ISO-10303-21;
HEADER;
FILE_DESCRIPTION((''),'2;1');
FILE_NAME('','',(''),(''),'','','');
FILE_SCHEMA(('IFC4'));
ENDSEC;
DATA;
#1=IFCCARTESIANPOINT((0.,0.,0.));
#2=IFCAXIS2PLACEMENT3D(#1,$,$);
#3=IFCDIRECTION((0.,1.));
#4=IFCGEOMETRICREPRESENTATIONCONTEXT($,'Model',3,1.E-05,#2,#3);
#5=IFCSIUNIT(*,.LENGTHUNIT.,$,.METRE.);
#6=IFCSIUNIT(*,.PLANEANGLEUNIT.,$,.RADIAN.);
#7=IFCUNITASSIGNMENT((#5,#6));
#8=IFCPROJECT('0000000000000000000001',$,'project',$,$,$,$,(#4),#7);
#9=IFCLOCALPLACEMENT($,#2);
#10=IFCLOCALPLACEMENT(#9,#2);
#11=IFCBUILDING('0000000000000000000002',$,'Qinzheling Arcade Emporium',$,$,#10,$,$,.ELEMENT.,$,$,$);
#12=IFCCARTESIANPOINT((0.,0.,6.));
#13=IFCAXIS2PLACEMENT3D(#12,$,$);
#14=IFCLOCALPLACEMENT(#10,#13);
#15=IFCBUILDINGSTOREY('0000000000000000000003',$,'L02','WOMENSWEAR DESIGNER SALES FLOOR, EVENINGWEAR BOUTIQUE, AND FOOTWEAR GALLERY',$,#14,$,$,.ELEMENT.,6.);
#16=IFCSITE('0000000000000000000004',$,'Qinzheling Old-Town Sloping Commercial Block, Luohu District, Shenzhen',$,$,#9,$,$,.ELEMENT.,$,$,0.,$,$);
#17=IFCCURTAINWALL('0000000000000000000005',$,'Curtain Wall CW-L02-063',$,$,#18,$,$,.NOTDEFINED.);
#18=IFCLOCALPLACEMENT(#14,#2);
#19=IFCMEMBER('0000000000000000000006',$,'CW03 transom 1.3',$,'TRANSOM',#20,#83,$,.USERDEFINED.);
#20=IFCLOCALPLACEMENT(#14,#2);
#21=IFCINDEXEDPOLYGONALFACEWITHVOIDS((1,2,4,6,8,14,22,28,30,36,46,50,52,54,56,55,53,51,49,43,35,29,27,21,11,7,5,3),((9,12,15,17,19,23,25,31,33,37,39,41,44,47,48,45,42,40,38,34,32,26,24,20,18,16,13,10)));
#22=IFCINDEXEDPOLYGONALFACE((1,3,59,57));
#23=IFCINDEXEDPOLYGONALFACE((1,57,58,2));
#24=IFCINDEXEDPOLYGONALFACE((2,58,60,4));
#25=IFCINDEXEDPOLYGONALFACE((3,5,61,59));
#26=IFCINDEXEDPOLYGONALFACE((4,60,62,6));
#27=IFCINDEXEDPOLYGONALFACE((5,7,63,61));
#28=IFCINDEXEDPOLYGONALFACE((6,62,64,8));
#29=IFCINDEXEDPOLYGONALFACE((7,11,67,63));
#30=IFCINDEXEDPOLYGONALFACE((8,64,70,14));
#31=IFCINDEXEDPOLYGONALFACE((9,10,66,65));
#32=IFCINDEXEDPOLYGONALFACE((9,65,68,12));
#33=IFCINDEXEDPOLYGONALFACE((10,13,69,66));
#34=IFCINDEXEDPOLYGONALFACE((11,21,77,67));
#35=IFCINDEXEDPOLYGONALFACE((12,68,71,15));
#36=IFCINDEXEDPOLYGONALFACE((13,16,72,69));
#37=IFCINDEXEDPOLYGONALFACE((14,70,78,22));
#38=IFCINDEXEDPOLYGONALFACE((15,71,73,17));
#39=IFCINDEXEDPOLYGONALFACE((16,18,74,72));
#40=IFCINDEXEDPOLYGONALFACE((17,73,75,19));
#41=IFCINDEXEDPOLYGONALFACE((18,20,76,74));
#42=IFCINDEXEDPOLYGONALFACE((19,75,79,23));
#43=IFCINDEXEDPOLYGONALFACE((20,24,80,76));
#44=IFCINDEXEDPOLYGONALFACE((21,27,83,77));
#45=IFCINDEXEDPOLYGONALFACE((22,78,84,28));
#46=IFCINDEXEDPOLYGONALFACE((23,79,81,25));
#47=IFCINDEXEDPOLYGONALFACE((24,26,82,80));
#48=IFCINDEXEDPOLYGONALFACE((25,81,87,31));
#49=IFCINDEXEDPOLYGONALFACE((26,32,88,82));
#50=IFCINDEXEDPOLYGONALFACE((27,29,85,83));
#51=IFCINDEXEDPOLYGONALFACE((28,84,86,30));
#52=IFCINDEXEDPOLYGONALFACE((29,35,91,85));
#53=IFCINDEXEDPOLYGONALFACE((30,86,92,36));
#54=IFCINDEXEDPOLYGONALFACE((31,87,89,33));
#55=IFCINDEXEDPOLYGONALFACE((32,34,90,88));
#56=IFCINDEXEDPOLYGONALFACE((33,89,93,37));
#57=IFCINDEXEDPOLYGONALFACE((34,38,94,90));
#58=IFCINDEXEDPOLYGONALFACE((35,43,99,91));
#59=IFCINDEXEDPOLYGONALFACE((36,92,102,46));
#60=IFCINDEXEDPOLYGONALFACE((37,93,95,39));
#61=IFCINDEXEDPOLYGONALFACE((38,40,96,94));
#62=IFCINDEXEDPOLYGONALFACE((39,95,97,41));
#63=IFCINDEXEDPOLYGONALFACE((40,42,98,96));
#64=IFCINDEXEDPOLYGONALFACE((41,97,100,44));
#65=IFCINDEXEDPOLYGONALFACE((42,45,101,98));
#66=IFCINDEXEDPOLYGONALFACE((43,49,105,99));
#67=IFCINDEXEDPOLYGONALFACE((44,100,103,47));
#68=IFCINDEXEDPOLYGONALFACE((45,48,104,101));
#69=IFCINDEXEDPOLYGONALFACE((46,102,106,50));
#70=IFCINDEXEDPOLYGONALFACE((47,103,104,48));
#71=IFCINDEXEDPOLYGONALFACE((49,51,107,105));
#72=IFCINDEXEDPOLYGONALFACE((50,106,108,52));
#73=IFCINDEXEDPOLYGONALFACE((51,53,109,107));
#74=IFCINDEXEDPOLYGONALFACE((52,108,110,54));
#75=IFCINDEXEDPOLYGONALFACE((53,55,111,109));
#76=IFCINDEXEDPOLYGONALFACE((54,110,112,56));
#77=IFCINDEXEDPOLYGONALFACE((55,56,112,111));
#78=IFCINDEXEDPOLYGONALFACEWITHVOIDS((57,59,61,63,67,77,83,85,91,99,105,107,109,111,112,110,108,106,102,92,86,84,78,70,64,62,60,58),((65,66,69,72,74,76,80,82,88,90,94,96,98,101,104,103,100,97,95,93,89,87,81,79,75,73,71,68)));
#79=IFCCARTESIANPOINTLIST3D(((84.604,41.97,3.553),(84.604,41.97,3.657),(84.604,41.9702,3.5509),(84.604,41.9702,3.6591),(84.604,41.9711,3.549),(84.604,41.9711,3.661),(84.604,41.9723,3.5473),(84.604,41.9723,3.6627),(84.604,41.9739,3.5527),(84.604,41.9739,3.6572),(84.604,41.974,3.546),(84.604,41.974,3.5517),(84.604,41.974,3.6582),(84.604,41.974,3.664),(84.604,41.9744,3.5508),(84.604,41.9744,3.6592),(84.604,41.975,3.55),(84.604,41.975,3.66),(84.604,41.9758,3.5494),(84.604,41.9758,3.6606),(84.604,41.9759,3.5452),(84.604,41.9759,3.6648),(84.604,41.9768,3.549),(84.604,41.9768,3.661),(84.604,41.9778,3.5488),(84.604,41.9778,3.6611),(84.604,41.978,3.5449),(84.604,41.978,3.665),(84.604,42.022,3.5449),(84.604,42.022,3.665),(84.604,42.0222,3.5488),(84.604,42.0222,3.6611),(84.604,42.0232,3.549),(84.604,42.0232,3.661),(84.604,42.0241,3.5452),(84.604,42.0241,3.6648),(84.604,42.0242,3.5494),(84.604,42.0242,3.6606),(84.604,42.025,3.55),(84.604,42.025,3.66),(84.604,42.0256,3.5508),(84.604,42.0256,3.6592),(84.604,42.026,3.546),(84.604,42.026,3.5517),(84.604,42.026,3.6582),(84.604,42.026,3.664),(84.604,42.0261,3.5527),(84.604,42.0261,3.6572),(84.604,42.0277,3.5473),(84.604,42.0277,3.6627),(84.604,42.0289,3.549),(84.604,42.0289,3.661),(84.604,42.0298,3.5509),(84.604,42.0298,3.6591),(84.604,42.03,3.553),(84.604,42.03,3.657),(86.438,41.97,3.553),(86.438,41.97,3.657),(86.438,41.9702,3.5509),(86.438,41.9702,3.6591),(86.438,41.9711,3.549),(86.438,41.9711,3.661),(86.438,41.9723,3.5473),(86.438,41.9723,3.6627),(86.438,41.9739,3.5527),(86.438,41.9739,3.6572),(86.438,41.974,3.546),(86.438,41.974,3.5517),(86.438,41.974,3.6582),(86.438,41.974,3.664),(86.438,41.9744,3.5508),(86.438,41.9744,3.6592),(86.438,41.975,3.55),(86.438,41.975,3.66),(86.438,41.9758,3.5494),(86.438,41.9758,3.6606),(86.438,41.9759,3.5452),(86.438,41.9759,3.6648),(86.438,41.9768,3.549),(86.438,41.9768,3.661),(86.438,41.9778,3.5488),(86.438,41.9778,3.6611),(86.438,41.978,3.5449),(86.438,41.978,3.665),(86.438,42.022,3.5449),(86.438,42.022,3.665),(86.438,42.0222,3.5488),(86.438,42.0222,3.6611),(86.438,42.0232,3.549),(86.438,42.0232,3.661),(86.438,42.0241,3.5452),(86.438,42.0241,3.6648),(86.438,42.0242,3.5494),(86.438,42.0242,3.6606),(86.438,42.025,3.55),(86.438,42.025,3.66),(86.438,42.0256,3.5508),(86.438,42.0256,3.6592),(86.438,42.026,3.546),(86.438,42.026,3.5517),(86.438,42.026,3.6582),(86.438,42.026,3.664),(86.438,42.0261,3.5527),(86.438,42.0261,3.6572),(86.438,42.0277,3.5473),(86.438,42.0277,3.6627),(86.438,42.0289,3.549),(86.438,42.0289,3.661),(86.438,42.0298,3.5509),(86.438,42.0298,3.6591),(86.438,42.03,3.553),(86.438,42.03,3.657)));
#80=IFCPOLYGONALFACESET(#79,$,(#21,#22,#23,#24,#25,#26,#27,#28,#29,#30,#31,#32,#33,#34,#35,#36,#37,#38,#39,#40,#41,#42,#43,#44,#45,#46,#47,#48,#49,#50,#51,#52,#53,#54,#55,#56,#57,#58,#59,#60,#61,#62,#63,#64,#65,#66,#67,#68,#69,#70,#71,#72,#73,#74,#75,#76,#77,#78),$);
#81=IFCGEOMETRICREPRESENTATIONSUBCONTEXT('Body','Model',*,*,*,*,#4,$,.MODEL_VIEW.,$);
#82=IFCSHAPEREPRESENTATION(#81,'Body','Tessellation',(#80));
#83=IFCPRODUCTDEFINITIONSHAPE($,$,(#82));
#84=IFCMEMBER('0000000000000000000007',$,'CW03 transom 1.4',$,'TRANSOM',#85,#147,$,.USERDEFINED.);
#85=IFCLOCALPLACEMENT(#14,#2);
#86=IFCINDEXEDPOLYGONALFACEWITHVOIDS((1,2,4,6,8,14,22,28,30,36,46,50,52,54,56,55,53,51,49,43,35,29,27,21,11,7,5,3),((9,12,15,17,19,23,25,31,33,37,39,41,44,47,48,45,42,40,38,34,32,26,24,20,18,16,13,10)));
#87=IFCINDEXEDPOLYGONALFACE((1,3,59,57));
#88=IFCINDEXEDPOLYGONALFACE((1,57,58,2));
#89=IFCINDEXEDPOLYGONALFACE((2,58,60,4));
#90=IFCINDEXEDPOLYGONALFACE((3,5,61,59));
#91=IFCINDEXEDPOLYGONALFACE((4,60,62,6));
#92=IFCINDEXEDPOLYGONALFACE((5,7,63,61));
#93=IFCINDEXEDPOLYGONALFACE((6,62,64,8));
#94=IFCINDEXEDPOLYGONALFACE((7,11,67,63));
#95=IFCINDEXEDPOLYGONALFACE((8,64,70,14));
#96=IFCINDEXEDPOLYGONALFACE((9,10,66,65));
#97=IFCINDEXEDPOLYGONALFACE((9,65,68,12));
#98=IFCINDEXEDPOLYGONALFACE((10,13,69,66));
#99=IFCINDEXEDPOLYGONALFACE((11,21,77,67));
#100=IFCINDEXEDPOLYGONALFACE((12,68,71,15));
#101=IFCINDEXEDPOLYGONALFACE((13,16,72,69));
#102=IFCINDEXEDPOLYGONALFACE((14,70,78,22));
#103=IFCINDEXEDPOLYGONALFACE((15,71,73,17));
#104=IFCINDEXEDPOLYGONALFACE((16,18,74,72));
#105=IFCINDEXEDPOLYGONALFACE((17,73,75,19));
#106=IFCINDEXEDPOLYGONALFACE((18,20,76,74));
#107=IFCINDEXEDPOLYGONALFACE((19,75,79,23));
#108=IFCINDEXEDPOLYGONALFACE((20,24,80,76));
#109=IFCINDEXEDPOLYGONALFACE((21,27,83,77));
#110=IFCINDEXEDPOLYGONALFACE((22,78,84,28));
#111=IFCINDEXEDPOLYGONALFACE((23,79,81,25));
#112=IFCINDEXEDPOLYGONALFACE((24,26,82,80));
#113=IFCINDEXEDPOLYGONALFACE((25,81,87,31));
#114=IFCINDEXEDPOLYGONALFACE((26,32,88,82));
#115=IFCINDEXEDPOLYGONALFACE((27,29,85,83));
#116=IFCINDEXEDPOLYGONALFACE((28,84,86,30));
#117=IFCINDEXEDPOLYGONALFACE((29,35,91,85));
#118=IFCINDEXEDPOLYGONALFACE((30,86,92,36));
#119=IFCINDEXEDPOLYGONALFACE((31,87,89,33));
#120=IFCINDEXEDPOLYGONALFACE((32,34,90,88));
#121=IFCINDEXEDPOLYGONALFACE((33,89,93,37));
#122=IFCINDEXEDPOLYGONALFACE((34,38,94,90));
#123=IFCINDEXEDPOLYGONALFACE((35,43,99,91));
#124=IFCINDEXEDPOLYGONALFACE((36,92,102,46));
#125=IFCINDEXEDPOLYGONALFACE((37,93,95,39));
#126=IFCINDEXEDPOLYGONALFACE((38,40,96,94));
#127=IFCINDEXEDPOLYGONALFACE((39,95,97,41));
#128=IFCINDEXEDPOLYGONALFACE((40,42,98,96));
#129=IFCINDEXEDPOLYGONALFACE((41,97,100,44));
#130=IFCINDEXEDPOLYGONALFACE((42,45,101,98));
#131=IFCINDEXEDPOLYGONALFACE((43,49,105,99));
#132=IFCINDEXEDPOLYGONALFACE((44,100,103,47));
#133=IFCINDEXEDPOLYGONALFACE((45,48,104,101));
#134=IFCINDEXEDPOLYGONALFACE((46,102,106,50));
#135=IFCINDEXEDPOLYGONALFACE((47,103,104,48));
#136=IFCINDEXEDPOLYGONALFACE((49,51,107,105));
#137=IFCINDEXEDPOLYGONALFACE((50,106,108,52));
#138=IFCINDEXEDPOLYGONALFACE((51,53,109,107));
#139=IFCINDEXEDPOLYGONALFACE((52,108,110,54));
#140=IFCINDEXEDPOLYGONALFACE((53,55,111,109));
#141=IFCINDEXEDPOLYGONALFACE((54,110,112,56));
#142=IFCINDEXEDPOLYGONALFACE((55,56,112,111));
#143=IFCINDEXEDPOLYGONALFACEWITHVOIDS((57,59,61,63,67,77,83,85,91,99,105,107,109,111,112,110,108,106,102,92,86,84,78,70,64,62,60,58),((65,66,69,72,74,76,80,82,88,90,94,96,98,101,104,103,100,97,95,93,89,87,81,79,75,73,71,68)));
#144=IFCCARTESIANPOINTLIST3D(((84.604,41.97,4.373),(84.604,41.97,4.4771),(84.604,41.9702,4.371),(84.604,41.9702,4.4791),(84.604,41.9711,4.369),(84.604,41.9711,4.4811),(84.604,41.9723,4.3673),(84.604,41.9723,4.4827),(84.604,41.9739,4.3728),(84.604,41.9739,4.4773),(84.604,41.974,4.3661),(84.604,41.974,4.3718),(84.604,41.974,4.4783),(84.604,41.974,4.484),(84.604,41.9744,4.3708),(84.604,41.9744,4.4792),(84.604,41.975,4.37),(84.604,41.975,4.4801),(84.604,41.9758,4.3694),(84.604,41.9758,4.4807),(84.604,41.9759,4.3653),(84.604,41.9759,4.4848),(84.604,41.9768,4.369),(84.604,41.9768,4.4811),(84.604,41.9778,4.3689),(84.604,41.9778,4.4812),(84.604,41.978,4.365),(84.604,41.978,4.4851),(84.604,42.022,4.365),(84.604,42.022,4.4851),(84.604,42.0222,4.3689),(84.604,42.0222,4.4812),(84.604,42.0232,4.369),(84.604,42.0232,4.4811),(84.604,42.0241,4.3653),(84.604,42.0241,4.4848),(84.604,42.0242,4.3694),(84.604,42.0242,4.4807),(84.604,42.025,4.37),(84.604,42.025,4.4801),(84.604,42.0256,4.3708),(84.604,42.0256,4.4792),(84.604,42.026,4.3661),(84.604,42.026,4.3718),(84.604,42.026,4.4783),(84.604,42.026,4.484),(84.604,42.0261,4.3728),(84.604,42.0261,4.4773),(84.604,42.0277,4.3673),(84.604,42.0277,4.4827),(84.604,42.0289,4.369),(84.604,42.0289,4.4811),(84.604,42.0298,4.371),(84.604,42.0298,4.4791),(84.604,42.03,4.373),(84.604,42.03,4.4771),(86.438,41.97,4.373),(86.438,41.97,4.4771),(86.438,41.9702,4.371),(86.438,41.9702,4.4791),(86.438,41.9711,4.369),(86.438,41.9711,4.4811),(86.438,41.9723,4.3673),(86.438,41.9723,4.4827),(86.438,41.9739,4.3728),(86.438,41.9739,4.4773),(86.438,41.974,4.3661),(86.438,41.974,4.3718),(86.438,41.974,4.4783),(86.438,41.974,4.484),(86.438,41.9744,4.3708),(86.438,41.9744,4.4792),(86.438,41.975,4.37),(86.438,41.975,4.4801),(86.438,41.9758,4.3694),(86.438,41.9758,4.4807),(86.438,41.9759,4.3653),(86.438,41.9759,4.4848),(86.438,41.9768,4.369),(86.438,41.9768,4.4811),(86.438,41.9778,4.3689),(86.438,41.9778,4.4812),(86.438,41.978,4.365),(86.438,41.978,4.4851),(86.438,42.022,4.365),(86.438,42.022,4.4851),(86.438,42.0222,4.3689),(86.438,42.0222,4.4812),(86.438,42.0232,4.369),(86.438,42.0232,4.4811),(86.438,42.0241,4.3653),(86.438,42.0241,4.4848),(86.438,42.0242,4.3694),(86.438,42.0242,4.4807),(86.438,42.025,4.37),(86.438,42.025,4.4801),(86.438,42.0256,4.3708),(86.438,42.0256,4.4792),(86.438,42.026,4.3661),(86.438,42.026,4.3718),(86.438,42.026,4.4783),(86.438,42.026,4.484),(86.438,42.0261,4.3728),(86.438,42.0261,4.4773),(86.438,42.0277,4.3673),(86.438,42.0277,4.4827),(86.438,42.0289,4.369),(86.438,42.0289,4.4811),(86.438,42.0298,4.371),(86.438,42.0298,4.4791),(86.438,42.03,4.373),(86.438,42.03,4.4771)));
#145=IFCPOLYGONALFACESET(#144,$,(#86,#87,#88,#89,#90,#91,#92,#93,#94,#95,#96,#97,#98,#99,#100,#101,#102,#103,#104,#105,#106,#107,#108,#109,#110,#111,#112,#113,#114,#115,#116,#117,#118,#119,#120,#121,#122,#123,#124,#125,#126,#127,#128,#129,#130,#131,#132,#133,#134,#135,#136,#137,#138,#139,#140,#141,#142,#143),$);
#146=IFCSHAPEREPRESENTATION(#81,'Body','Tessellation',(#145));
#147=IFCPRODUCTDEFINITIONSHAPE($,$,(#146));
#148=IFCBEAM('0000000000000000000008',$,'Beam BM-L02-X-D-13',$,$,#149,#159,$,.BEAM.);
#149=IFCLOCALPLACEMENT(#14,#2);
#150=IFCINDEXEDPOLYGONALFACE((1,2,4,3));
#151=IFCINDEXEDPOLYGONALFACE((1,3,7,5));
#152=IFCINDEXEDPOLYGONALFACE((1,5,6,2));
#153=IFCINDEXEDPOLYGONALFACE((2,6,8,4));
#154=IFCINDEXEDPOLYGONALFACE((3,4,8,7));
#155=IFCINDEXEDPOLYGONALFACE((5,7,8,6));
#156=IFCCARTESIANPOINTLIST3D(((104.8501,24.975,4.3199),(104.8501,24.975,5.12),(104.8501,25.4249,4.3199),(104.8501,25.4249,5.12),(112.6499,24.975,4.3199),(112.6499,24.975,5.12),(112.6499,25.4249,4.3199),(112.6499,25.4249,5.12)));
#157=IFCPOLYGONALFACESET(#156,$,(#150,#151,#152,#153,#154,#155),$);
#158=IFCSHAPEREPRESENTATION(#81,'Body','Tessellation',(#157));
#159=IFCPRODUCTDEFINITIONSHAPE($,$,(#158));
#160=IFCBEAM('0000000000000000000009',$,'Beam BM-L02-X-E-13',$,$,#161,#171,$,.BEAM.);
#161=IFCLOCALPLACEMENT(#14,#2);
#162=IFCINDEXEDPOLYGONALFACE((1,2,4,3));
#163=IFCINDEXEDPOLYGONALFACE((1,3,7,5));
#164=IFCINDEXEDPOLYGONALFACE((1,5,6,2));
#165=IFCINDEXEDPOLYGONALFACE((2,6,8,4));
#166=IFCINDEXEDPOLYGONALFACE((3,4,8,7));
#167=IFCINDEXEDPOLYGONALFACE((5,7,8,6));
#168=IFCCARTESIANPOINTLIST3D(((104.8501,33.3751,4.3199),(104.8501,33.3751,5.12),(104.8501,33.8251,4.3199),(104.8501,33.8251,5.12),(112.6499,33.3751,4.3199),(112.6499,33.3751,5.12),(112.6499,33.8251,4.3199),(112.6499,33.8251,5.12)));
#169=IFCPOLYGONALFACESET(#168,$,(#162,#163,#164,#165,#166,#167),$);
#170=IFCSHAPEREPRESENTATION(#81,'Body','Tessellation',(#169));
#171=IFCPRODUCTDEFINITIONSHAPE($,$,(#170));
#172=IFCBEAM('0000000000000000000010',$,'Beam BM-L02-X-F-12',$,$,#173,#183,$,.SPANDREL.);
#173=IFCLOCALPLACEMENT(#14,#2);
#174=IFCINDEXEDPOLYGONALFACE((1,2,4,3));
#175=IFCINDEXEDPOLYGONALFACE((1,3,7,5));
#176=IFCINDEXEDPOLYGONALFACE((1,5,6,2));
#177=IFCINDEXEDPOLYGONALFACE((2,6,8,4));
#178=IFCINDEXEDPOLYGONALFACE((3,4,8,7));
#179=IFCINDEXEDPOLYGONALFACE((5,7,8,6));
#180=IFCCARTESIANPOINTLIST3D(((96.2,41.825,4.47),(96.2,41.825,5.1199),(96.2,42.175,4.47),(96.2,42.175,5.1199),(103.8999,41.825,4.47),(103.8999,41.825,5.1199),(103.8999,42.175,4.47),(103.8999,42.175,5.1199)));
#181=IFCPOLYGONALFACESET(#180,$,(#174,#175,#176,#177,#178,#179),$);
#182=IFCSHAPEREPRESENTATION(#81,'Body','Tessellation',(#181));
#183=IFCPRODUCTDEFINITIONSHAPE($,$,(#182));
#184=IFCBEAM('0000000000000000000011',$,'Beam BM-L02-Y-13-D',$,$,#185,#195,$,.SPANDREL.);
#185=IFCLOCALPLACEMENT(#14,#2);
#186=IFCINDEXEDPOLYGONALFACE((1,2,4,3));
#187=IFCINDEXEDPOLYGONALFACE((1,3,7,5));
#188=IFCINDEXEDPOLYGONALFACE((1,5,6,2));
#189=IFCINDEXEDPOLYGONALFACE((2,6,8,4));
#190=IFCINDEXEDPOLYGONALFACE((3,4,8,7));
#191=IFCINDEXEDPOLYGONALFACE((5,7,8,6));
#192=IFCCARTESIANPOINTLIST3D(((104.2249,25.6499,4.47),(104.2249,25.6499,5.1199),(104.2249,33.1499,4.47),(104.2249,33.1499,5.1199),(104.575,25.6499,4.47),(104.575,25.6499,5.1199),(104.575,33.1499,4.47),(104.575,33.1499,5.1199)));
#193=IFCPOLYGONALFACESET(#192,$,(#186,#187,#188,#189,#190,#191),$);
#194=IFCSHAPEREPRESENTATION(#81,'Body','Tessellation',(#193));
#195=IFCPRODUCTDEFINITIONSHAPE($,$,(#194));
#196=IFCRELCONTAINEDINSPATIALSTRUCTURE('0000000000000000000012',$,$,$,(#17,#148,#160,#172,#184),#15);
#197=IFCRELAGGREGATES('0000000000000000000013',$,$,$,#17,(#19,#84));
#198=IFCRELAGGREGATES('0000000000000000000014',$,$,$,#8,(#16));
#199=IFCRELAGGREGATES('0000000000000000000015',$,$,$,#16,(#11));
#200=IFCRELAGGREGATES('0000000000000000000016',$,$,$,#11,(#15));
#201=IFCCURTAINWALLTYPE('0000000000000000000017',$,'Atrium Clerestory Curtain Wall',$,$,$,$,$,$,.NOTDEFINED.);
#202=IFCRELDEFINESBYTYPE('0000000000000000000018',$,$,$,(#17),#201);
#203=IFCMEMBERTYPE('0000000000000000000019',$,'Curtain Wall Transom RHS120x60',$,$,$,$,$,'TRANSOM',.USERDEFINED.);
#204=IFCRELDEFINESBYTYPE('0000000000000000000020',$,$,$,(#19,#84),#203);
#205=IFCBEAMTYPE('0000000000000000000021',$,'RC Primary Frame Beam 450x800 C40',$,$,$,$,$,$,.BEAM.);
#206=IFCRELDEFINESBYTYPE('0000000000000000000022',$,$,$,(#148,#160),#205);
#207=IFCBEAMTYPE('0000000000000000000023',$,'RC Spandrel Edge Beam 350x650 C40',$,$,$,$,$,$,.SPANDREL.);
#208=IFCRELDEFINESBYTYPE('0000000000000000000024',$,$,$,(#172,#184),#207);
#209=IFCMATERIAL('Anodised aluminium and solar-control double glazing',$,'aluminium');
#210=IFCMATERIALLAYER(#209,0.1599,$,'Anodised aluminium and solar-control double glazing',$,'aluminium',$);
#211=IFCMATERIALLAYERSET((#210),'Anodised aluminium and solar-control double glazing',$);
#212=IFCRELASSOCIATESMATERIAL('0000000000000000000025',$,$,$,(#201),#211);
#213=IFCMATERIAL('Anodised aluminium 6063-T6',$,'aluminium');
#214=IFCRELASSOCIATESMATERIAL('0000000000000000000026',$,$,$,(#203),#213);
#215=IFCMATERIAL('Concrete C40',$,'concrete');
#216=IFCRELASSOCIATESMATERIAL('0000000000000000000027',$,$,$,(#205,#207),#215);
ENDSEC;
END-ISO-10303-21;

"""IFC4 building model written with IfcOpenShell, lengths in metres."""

from ifc_helpers import new_model, si_unit, direction, frame, origin, origin_2d, place, context, subcontext, project, spatial, rectangle, hollow_rectangle, extrude, material, layer, layer_set, material_profile, profile_set, type_object, element, aggregate, save


model = new_model("IFC4")

# Units and contexts
model_context = context("Model", 3, precision=1e-05, world=origin(), true_north=direction((0.0, 1.0)))
body_context = subcontext(model_context, "Body", "Model", "MODEL_VIEW")
ifc_project = project(units=[si_unit("LENGTHUNIT", "METRE"), si_unit("PLANEANGLEUNIT", "RADIAN")], contexts=[model_context])

# Site, building, storey
site_placement = place(None, origin())
site = spatial("IfcSite", under=ifc_project, at=site_placement, Name="Qinzheling Old-Town Sloping Commercial Block, Luohu District, Shenzhen", CompositionType="ELEMENT", RefElevation=0.0)
building_placement = place(site_placement, origin())
building = spatial("IfcBuilding", under=site, at=building_placement, Name="Qinzheling Arcade Emporium", CompositionType="ELEMENT")
storey_placement = place(building_placement, frame((0.0, 0.0, 6.0)))
storey = spatial("IfcBuildingStorey", under=building, at=storey_placement, Name="L02", Description="WOMENSWEAR DESIGNER SALES FLOOR, EVENINGWEAR BOUTIQUE, AND FOOTWEAR GALLERY", CompositionType="ELEMENT", Elevation=6.0)

# Shared definitions
ifc_material_1 = material(Name="Anodised aluminium and solar-control double glazing", Category="aluminium")
ifc_layer_1 = layer(ifc_material_1, 0.1599, Name="Anodised aluminium and solar-control double glazing", Category="aluminium")
ifc_layer_set_1 = layer_set([ifc_layer_1], Name="Anodised aluminium and solar-control double glazing")
curtain_wall_type = type_object("IfcCurtainWallType", Name="Atrium Clerestory Curtain Wall", PredefinedType="NOTDEFINED", material=ifc_layer_set_1)
ifc_material_2 = material(Name="Anodised aluminium 6063-T6", Category="aluminium")

# Curtain wall, members
curtain_wall_1_placement = place(storey_placement, origin())
curtain_wall_1 = element("IfcCurtainWall", 1, at=curtain_wall_1_placement, inside=storey, type_object=curtain_wall_type, Name="Curtain Wall CW-L02-063", PredefinedType="NOTDEFINED")
ifc_material_profile_1 = material_profile(ifc_material_2, hollow_rectangle(XDim=0.0601, YDim=0.1201, WallThickness=0.0039, InnerFilletRadius=0.0039, OuterFilletRadius=0.0081, at=origin_2d()), Name="RHS 120x60x4", Category="aluminium")
ifc_profile_set_1 = profile_set([ifc_material_profile_1], Name="Anodised aluminium 6063-T6")
member_type_1 = type_object("IfcMemberType", Name="Curtain Wall Transom RHS120x60", ElementType="TRANSOM", PredefinedType="USERDEFINED", material=ifc_profile_set_1)
member_1_placement = place(storey_placement, frame((86.438, 42.0, 3.605), z_axis=(-1.0, 0.0, 0.0), x_axis=(0.0, -1.0, 0.0)))
member_1 = element("IfcMember", 2, at=member_1_placement, type_object=member_type_1, Name="CW03 transom 1.3", ObjectType="TRANSOM", PredefinedType="USERDEFINED", context=body_context, shape_type="SweptSolid", body=[
    extrude(hollow_rectangle(XDim=0.0601, YDim=0.1201, WallThickness=0.0039, InnerFilletRadius=0.0039, OuterFilletRadius=0.0081, at=origin_2d()), origin(), (0.0, 0.0, 1.0), 1.834),
])
member_2_placement = place(storey_placement, frame((86.438, 42.0, 4.425), z_axis=(-1.0, 0.0, 0.0), x_axis=(0.0, -1.0, 0.0)))
member_2 = element("IfcMember", 3, at=member_2_placement, type_object=member_type_1, Name="CW03 transom 1.4", ObjectType="TRANSOM", PredefinedType="USERDEFINED", context=body_context, shape_type="SweptSolid", body=[
    extrude(hollow_rectangle(XDim=0.0601, YDim=0.1201, WallThickness=0.0039, InnerFilletRadius=0.0039, OuterFilletRadius=0.0081, at=origin_2d()), origin(), (0.0, 0.0, 1.0), 1.834),
])
aggregate(curtain_wall_1, [member_1, member_2])

# Beams
ifc_material_3 = material(Name="Concrete C40", Category="concrete")
ifc_material_profile_2 = material_profile(ifc_material_3, rectangle(XDim=0.45, YDim=0.8, at=origin_2d()), Name="RC 450x800", Category="concrete")
ifc_profile_set_2 = profile_set([ifc_material_profile_2], Name="Concrete C40")
beam_type_1 = type_object("IfcBeamType", Name="RC Primary Frame Beam 450x800 C40", PredefinedType="BEAM", material=ifc_profile_set_2)
for number, where, z_axis, x_axis, name in (
    (4, (104.8501, 25.2, 4.72), (1.0, 0.0, 0.0), (0.0, 1.0, 0.0), "Beam BM-L02-X-D-13"),
    (5, (104.8501, 33.6001, 4.72), (1.0, 0.0, 0.0), (0.0, 1.0, 0.0), "Beam BM-L02-X-E-13"),
):
    element("IfcBeam", number, at=place(storey_placement, frame(where, z_axis=z_axis, x_axis=x_axis)), inside=storey, type_object=beam_type_1, Name=name, PredefinedType="BEAM", context=body_context, shape_type="SweptSolid", body=[
        extrude(rectangle(XDim=0.45, YDim=0.8, at=origin_2d()), origin(), (0.0, 0.0, 1.0), 7.7998),
    ])
ifc_material_profile_3 = material_profile(ifc_material_3, rectangle(XDim=0.3501, YDim=0.6499, at=origin_2d()), Name="RC 350x650", Category="concrete")
ifc_profile_set_3 = profile_set([ifc_material_profile_3], Name="Concrete C40")
beam_type_2 = type_object("IfcBeamType", Name="RC Spandrel Edge Beam 350x650 C40", PredefinedType="SPANDREL", material=ifc_profile_set_3)
beam_1_placement = place(storey_placement, frame((96.2, 42.0, 4.7949), z_axis=(1.0, 0.0, 0.0), x_axis=(0.0, 1.0, 0.0)))
element("IfcBeam", 6, at=beam_1_placement, inside=storey, type_object=beam_type_2, Name="Beam BM-L02-X-F-12", PredefinedType="SPANDREL", context=body_context, shape_type="SweptSolid", body=[
    extrude(rectangle(XDim=0.3501, YDim=0.6499, at=origin_2d()), origin(), (0.0, 0.0, 1.0), 7.7),
])
beam_2_placement = place(storey_placement, frame((104.3999, 25.6499, 4.7949), z_axis=(0.0, 1.0, 0.0), x_axis=(-1.0, 0.0, 0.0)))
element("IfcBeam", 7, at=beam_2_placement, inside=storey, type_object=beam_type_2, Name="Beam BM-L02-Y-13-D", PredefinedType="SPANDREL", context=body_context, shape_type="SweptSolid", body=[
    extrude(rectangle(XDim=0.3501, YDim=0.6499, at=origin_2d()), origin(), (0.0, 0.0, 1.0), 7.5),
])

save(model, "model.ifc")
